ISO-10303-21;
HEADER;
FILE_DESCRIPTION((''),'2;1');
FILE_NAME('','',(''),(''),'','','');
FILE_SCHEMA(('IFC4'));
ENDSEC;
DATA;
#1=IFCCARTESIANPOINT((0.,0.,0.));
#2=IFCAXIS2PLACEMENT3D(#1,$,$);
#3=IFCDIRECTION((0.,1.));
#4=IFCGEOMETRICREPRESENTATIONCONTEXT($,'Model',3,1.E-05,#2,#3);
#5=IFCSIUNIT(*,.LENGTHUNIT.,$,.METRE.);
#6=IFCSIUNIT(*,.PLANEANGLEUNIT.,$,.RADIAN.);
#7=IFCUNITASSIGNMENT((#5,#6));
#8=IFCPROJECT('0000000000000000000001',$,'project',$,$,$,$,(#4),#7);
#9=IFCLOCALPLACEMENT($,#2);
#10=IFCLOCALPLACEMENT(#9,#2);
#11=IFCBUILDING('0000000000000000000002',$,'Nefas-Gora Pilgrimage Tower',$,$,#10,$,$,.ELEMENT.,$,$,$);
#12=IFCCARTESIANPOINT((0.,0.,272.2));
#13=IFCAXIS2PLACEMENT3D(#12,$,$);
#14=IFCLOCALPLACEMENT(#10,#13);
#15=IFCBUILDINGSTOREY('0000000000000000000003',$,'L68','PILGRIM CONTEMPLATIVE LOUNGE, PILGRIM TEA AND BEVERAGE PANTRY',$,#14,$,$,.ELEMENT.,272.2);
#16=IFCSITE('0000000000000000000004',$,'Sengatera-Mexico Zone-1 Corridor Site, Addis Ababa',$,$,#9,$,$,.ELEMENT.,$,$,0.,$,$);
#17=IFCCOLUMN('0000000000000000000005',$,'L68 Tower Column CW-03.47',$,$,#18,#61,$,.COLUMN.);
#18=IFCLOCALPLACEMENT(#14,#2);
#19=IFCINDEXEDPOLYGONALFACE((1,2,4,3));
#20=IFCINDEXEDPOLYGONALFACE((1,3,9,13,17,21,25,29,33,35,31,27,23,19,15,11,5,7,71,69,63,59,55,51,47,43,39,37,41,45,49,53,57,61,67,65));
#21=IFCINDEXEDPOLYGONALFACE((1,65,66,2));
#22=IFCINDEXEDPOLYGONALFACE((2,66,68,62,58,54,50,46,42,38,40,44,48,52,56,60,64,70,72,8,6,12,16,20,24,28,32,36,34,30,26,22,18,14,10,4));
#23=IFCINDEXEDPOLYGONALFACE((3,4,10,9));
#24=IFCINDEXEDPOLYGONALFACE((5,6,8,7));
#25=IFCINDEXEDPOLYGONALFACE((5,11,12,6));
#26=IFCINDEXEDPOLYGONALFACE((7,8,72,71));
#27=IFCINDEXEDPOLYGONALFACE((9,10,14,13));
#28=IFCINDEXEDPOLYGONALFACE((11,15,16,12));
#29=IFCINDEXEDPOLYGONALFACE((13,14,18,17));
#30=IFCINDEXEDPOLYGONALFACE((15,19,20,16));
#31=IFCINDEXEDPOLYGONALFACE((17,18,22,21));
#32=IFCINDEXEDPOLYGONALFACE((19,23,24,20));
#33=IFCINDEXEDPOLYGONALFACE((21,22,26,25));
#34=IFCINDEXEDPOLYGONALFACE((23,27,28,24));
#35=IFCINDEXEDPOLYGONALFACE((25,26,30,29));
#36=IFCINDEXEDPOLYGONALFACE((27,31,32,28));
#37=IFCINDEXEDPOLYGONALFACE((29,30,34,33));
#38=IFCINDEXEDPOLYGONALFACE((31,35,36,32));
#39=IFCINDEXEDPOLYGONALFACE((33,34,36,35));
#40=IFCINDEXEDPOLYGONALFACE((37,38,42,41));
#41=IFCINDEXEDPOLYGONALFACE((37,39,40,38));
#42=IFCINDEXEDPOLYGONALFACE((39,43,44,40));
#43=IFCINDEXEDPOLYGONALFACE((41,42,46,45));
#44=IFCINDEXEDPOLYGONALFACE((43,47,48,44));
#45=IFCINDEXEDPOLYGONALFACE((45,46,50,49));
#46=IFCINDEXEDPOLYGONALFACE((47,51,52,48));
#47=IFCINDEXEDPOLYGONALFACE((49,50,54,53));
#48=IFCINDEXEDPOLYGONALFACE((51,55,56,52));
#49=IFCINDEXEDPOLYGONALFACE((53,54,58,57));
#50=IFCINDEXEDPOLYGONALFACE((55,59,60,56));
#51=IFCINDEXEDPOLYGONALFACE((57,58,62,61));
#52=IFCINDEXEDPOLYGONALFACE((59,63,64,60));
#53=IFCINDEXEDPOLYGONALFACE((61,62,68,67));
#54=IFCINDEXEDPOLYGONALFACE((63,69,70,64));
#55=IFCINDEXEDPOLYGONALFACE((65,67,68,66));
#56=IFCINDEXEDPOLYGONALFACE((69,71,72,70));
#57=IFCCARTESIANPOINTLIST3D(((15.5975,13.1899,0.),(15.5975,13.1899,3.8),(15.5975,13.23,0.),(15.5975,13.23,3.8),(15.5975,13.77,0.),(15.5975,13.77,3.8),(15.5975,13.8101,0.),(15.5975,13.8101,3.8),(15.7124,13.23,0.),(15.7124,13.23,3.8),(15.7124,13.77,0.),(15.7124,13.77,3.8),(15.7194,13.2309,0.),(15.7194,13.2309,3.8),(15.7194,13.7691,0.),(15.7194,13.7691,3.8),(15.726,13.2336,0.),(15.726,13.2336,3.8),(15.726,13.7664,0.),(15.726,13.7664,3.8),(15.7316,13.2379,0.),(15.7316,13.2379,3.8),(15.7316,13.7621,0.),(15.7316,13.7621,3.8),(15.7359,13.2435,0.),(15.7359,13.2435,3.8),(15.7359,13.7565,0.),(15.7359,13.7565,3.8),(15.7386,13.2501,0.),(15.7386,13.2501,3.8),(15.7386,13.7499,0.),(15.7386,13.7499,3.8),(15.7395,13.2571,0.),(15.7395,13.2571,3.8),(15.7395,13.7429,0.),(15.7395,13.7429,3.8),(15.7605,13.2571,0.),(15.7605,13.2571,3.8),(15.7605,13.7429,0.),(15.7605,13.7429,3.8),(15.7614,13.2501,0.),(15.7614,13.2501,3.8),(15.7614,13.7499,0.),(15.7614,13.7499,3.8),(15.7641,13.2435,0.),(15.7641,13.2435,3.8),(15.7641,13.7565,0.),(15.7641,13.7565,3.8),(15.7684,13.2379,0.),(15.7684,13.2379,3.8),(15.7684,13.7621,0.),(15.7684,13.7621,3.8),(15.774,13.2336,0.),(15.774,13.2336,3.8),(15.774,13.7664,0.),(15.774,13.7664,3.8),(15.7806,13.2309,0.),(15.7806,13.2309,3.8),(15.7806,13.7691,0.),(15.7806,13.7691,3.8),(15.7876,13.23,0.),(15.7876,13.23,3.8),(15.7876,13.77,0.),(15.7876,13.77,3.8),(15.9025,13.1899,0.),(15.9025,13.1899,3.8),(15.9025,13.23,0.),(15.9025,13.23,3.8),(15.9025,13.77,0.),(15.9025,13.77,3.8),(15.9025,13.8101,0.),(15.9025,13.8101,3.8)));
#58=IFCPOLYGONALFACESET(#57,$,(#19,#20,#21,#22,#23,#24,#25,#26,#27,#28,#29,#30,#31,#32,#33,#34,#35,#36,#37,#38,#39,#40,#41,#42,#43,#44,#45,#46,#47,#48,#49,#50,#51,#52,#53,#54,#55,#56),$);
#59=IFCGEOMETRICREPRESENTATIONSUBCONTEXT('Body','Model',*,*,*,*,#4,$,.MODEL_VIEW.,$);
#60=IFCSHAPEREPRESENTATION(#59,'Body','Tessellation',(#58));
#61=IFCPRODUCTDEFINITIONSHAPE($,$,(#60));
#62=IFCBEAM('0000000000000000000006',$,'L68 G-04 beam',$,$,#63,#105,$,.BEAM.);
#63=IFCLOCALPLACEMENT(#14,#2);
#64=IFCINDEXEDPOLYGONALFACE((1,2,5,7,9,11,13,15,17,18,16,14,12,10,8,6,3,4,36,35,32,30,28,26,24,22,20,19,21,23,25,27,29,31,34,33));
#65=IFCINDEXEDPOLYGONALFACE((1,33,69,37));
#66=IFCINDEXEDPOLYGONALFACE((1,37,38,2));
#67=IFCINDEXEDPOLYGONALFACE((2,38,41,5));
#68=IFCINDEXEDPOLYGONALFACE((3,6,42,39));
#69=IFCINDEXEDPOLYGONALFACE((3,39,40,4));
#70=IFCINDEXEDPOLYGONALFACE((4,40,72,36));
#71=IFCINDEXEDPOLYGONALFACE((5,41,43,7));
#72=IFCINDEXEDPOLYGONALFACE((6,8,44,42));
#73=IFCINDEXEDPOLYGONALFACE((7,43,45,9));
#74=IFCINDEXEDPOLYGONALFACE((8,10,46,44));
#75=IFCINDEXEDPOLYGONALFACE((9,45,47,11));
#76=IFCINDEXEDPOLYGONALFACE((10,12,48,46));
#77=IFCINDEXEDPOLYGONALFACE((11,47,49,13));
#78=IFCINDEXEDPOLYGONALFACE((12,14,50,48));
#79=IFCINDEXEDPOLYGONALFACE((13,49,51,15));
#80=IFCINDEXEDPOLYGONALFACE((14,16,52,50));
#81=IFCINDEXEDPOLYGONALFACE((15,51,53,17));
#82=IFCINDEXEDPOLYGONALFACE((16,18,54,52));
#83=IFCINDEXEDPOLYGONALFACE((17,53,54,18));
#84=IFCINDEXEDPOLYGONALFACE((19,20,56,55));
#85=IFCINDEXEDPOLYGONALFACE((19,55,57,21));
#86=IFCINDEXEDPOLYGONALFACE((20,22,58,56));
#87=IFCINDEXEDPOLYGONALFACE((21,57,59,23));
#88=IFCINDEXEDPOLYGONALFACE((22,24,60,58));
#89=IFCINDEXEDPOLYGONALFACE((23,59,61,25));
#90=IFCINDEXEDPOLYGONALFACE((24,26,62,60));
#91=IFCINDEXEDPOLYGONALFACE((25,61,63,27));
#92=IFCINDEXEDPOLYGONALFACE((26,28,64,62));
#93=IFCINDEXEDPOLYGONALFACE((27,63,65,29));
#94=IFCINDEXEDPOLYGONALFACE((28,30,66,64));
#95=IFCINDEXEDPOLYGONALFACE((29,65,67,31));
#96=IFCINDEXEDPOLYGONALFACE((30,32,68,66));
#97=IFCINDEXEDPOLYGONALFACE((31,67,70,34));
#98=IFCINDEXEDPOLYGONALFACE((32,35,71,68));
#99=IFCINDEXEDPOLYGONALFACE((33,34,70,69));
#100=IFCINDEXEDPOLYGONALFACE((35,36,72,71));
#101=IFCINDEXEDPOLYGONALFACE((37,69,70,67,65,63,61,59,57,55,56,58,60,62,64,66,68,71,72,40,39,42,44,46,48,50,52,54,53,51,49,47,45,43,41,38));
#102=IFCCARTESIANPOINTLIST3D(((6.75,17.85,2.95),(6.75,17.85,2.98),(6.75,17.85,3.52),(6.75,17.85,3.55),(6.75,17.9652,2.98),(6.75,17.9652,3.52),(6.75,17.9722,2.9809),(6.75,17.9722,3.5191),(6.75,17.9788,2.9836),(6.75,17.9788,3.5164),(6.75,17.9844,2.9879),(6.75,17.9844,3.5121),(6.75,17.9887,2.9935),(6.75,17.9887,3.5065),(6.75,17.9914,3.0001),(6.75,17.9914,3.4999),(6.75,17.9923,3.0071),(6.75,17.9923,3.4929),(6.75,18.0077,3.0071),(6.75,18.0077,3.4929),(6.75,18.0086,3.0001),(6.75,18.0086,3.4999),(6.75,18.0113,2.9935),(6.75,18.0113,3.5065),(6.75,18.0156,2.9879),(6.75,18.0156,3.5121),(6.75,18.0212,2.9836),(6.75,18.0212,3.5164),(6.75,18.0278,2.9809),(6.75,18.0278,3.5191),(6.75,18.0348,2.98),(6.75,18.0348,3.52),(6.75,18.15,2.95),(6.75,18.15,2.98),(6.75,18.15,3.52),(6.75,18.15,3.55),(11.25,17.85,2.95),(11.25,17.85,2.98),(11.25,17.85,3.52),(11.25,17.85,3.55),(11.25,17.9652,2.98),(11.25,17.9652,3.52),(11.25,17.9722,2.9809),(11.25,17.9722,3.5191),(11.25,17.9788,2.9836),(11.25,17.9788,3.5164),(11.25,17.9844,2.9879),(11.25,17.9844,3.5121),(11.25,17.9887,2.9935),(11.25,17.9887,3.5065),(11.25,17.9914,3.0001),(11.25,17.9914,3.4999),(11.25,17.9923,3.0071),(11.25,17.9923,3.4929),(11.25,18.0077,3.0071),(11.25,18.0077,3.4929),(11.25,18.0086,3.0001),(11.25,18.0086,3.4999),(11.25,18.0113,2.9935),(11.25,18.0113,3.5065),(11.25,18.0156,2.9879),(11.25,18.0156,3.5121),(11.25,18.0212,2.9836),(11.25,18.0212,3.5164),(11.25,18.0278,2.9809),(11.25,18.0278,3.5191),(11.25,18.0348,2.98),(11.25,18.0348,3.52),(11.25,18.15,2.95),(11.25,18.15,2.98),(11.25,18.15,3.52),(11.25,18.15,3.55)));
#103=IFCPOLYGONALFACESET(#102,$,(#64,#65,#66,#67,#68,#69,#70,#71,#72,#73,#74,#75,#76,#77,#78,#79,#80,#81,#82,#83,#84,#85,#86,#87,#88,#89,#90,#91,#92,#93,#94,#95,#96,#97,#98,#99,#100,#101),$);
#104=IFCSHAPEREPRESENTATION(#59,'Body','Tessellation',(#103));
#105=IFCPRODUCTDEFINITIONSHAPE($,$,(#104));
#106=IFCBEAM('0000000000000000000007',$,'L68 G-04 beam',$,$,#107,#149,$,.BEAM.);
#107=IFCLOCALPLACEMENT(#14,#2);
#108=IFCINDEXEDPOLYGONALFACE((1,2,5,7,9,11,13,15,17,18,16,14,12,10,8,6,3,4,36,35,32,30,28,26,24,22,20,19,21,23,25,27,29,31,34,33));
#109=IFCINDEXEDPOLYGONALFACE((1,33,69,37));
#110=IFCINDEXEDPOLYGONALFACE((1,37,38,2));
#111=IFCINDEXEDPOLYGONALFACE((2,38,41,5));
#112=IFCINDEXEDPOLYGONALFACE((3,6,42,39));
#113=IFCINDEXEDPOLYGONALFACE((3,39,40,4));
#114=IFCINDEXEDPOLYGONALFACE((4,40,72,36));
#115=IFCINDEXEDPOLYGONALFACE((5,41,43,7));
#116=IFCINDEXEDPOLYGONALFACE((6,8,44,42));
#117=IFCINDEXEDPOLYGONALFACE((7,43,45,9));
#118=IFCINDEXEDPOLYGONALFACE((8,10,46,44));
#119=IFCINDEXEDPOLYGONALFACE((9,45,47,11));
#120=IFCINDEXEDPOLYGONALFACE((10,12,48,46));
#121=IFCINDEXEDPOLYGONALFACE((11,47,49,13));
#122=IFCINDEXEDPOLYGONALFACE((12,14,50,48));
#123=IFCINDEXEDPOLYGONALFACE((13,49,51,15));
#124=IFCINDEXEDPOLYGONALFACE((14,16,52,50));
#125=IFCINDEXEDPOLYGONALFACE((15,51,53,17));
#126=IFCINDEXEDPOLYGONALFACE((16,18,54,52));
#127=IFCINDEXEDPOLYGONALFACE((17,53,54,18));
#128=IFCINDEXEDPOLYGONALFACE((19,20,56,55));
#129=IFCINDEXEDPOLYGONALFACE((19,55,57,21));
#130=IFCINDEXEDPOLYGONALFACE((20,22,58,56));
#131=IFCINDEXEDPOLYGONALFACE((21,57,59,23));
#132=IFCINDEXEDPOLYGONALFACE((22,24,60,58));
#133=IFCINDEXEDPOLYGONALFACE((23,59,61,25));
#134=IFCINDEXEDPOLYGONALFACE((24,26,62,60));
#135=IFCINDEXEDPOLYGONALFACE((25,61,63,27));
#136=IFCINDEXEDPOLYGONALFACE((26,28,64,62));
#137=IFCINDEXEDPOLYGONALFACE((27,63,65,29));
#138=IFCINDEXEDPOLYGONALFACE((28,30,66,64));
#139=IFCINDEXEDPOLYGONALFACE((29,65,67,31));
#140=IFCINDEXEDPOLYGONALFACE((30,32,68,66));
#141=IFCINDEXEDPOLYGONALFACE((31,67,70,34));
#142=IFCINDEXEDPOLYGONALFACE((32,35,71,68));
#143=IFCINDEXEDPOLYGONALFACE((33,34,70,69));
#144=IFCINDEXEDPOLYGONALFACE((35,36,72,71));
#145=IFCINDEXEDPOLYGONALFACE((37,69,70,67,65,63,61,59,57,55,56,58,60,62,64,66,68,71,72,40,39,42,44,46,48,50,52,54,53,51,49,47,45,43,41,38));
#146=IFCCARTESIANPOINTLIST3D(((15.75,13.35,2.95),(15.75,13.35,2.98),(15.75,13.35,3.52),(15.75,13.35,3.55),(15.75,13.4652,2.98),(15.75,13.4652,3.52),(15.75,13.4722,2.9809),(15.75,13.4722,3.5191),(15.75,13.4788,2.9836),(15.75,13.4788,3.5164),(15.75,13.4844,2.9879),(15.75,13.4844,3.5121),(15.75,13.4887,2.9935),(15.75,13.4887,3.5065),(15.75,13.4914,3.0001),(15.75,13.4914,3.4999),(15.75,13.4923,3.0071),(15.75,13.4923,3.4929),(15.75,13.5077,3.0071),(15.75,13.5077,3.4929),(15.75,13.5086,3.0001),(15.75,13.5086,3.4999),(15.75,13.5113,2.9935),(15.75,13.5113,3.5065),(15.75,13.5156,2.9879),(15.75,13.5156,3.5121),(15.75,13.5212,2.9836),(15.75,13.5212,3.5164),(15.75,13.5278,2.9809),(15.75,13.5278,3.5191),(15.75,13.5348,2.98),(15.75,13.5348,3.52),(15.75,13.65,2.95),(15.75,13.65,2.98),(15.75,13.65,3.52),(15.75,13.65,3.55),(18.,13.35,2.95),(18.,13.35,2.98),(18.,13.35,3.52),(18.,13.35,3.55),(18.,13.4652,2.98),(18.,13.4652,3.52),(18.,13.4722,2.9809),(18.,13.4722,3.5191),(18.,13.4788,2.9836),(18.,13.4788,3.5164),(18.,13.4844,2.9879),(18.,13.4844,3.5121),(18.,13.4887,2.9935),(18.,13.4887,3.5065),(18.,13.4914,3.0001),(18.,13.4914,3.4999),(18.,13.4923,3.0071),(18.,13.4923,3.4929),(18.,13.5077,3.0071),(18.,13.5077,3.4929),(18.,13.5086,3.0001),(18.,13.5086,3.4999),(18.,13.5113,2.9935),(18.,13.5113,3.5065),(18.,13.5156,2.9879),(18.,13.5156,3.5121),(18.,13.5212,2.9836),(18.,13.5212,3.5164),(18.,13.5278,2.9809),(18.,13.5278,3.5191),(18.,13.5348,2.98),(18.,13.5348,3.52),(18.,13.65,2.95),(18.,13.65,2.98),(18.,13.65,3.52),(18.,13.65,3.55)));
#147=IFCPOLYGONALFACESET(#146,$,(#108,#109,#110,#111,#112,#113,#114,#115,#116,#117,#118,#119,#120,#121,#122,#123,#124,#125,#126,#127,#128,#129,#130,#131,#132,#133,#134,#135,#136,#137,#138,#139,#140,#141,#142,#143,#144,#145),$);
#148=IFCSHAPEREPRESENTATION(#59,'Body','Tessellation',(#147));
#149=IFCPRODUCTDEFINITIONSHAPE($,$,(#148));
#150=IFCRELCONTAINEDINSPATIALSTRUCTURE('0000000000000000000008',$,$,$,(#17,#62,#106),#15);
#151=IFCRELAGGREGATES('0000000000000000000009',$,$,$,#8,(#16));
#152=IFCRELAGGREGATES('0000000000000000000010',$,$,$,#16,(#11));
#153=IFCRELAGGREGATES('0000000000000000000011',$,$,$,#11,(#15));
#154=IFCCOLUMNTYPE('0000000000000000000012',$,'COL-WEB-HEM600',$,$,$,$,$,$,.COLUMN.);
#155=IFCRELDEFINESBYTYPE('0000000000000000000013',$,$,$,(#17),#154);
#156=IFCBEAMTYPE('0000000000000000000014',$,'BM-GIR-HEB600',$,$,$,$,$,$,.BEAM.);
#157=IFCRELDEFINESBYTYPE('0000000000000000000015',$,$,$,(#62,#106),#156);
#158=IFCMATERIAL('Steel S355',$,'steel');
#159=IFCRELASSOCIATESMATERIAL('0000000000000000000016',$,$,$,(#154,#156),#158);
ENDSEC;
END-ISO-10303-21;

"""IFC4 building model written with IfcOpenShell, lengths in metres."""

from ifc_helpers import new_model, si_unit, direction, frame, origin, origin_2d, place, context, subcontext, project, spatial, i_section, extrude, source, transform, mapped, material, material_profile, profile_set, type_object, element, save


model = new_model("IFC4")

# Units and contexts
model_context = context("Model", 3, precision=1e-05, world=origin(), true_north=direction((0.0, 1.0)))
body_context = subcontext(model_context, "Body", "Model", "MODEL_VIEW")
ifc_project = project(units=[si_unit("LENGTHUNIT", "METRE"), si_unit("PLANEANGLEUNIT", "RADIAN")], contexts=[model_context])

# Site, building, storey
site_placement = place(None, origin())
site = spatial("IfcSite", under=ifc_project, at=site_placement, Name="Sengatera-Mexico Zone-1 Corridor Site, Addis Ababa", CompositionType="ELEMENT", RefElevation=0.0)
building_placement = place(site_placement, origin())
building = spatial("IfcBuilding", under=site, at=building_placement, Name="Nefas-Gora Pilgrimage Tower", CompositionType="ELEMENT")
storey_placement = place(building_placement, frame((0.0, 0.0, 272.2)))
storey = spatial("IfcBuildingStorey", under=building, at=storey_placement, Name="L68", Description="PILGRIM CONTEMPLATIVE LOUNGE, PILGRIM TEA AND BEVERAGE PANTRY", CompositionType="ELEMENT", Elevation=272.2)

# Column
ifc_material_1 = material(Name="Steel S355", Category="steel")
ifc_material_profile_1 = material_profile(ifc_material_1, i_section(OverallWidth=0.3049, OverallDepth=0.6201, WebThickness=0.021, FlangeThickness=0.04, FilletRadius=0.0271, at=origin_2d()), Name="HEM 600")
ifc_profile_set_1 = profile_set([ifc_material_profile_1], Name="Steel S355")
column_type_1 = type_object("IfcColumnType", Name="COL-WEB-HEM600", PredefinedType="COLUMN", material=ifc_profile_set_1)
shared_shape_1 = source(origin(), body_context, "Body", "SweptSolid", [
    extrude(i_section(OverallWidth=0.3049, OverallDepth=0.6201, WebThickness=0.021, FlangeThickness=0.04, FilletRadius=0.0271, at=origin_2d()), origin(), (0.0, 0.0, 1.0), 3.8),
])
for number, where, z_axis, x_axis, name in (
    (1, (15.75, 13.5, 0.0), (0.0, 0.0, 1.0), (1.0, 0.0, 0.0), "L68 Tower Column CW-03.47"),
):
    element("IfcColumn", number, at=place(storey_placement, frame(where, z_axis=z_axis, x_axis=x_axis)), inside=storey, type_object=column_type_1, Name=name, PredefinedType="COLUMN", context=body_context, shape_type="MappedRepresentation", body=[
        mapped(shared_shape_1, transform((0.0, 0.0, 0.0), x_axis=(1.0, 0.0, 0.0), y_axis=(0.0, 1.0, 0.0), z_axis=(0.0, 0.0, 1.0), scale=1.0)),
    ])

# Beams
ifc_material_profile_2 = material_profile(ifc_material_1, i_section(OverallWidth=0.3, OverallDepth=0.6001, WebThickness=0.0154, FlangeThickness=0.03, FilletRadius=0.0271, at=origin_2d()), Name="HEB 600")
ifc_profile_set_2 = profile_set([ifc_material_profile_2], Name="Steel S355")
beam_type = type_object("IfcBeamType", Name="BM-GIR-HEB600", PredefinedType="BEAM", material=ifc_profile_set_2)
shared_shape_2 = source(origin(), body_context, "Body", "SweptSolid", [
    extrude(i_section(OverallWidth=0.3, OverallDepth=0.6001, WebThickness=0.0154, FlangeThickness=0.03, FilletRadius=0.0271, at=origin_2d()), origin(), (0.0, 0.0, 1.0), 4.5),
])
beam_1_placement = place(storey_placement, frame((6.75, 18.0, 3.25), z_axis=(1.0, 0.0, 0.0), x_axis=(0.0, 1.0, 0.0)))
element("IfcBeam", 2, at=beam_1_placement, inside=storey, type_object=beam_type, Name="L68 G-04 beam", PredefinedType="BEAM", context=body_context, shape_type="MappedRepresentation", body=[
    mapped(shared_shape_2, transform((0.0, 0.0, 0.0), x_axis=(1.0, 0.0, 0.0), y_axis=(0.0, 1.0, 0.0), z_axis=(0.0, 0.0, 1.0), scale=1.0)),
])
shared_shape_3 = source(origin(), body_context, "Body", "SweptSolid", [
    extrude(i_section(OverallWidth=0.3, OverallDepth=0.6001, WebThickness=0.0154, FlangeThickness=0.03, FilletRadius=0.0271, at=origin_2d()), origin(), (0.0, 0.0, 1.0), 2.25),
])
beam_2_placement = place(storey_placement, frame((15.75, 13.5, 3.25), z_axis=(1.0, 0.0, 0.0), x_axis=(0.0, 1.0, 0.0)))
element("IfcBeam", 3, at=beam_2_placement, inside=storey, type_object=beam_type, Name="L68 G-04 beam", PredefinedType="BEAM", context=body_context, shape_type="MappedRepresentation", body=[
    mapped(shared_shape_3, transform((0.0, 0.0, 0.0), x_axis=(1.0, 0.0, 0.0), y_axis=(0.0, 1.0, 0.0), z_axis=(0.0, 0.0, 1.0), scale=1.0)),
])

save(model, "model.ifc")
